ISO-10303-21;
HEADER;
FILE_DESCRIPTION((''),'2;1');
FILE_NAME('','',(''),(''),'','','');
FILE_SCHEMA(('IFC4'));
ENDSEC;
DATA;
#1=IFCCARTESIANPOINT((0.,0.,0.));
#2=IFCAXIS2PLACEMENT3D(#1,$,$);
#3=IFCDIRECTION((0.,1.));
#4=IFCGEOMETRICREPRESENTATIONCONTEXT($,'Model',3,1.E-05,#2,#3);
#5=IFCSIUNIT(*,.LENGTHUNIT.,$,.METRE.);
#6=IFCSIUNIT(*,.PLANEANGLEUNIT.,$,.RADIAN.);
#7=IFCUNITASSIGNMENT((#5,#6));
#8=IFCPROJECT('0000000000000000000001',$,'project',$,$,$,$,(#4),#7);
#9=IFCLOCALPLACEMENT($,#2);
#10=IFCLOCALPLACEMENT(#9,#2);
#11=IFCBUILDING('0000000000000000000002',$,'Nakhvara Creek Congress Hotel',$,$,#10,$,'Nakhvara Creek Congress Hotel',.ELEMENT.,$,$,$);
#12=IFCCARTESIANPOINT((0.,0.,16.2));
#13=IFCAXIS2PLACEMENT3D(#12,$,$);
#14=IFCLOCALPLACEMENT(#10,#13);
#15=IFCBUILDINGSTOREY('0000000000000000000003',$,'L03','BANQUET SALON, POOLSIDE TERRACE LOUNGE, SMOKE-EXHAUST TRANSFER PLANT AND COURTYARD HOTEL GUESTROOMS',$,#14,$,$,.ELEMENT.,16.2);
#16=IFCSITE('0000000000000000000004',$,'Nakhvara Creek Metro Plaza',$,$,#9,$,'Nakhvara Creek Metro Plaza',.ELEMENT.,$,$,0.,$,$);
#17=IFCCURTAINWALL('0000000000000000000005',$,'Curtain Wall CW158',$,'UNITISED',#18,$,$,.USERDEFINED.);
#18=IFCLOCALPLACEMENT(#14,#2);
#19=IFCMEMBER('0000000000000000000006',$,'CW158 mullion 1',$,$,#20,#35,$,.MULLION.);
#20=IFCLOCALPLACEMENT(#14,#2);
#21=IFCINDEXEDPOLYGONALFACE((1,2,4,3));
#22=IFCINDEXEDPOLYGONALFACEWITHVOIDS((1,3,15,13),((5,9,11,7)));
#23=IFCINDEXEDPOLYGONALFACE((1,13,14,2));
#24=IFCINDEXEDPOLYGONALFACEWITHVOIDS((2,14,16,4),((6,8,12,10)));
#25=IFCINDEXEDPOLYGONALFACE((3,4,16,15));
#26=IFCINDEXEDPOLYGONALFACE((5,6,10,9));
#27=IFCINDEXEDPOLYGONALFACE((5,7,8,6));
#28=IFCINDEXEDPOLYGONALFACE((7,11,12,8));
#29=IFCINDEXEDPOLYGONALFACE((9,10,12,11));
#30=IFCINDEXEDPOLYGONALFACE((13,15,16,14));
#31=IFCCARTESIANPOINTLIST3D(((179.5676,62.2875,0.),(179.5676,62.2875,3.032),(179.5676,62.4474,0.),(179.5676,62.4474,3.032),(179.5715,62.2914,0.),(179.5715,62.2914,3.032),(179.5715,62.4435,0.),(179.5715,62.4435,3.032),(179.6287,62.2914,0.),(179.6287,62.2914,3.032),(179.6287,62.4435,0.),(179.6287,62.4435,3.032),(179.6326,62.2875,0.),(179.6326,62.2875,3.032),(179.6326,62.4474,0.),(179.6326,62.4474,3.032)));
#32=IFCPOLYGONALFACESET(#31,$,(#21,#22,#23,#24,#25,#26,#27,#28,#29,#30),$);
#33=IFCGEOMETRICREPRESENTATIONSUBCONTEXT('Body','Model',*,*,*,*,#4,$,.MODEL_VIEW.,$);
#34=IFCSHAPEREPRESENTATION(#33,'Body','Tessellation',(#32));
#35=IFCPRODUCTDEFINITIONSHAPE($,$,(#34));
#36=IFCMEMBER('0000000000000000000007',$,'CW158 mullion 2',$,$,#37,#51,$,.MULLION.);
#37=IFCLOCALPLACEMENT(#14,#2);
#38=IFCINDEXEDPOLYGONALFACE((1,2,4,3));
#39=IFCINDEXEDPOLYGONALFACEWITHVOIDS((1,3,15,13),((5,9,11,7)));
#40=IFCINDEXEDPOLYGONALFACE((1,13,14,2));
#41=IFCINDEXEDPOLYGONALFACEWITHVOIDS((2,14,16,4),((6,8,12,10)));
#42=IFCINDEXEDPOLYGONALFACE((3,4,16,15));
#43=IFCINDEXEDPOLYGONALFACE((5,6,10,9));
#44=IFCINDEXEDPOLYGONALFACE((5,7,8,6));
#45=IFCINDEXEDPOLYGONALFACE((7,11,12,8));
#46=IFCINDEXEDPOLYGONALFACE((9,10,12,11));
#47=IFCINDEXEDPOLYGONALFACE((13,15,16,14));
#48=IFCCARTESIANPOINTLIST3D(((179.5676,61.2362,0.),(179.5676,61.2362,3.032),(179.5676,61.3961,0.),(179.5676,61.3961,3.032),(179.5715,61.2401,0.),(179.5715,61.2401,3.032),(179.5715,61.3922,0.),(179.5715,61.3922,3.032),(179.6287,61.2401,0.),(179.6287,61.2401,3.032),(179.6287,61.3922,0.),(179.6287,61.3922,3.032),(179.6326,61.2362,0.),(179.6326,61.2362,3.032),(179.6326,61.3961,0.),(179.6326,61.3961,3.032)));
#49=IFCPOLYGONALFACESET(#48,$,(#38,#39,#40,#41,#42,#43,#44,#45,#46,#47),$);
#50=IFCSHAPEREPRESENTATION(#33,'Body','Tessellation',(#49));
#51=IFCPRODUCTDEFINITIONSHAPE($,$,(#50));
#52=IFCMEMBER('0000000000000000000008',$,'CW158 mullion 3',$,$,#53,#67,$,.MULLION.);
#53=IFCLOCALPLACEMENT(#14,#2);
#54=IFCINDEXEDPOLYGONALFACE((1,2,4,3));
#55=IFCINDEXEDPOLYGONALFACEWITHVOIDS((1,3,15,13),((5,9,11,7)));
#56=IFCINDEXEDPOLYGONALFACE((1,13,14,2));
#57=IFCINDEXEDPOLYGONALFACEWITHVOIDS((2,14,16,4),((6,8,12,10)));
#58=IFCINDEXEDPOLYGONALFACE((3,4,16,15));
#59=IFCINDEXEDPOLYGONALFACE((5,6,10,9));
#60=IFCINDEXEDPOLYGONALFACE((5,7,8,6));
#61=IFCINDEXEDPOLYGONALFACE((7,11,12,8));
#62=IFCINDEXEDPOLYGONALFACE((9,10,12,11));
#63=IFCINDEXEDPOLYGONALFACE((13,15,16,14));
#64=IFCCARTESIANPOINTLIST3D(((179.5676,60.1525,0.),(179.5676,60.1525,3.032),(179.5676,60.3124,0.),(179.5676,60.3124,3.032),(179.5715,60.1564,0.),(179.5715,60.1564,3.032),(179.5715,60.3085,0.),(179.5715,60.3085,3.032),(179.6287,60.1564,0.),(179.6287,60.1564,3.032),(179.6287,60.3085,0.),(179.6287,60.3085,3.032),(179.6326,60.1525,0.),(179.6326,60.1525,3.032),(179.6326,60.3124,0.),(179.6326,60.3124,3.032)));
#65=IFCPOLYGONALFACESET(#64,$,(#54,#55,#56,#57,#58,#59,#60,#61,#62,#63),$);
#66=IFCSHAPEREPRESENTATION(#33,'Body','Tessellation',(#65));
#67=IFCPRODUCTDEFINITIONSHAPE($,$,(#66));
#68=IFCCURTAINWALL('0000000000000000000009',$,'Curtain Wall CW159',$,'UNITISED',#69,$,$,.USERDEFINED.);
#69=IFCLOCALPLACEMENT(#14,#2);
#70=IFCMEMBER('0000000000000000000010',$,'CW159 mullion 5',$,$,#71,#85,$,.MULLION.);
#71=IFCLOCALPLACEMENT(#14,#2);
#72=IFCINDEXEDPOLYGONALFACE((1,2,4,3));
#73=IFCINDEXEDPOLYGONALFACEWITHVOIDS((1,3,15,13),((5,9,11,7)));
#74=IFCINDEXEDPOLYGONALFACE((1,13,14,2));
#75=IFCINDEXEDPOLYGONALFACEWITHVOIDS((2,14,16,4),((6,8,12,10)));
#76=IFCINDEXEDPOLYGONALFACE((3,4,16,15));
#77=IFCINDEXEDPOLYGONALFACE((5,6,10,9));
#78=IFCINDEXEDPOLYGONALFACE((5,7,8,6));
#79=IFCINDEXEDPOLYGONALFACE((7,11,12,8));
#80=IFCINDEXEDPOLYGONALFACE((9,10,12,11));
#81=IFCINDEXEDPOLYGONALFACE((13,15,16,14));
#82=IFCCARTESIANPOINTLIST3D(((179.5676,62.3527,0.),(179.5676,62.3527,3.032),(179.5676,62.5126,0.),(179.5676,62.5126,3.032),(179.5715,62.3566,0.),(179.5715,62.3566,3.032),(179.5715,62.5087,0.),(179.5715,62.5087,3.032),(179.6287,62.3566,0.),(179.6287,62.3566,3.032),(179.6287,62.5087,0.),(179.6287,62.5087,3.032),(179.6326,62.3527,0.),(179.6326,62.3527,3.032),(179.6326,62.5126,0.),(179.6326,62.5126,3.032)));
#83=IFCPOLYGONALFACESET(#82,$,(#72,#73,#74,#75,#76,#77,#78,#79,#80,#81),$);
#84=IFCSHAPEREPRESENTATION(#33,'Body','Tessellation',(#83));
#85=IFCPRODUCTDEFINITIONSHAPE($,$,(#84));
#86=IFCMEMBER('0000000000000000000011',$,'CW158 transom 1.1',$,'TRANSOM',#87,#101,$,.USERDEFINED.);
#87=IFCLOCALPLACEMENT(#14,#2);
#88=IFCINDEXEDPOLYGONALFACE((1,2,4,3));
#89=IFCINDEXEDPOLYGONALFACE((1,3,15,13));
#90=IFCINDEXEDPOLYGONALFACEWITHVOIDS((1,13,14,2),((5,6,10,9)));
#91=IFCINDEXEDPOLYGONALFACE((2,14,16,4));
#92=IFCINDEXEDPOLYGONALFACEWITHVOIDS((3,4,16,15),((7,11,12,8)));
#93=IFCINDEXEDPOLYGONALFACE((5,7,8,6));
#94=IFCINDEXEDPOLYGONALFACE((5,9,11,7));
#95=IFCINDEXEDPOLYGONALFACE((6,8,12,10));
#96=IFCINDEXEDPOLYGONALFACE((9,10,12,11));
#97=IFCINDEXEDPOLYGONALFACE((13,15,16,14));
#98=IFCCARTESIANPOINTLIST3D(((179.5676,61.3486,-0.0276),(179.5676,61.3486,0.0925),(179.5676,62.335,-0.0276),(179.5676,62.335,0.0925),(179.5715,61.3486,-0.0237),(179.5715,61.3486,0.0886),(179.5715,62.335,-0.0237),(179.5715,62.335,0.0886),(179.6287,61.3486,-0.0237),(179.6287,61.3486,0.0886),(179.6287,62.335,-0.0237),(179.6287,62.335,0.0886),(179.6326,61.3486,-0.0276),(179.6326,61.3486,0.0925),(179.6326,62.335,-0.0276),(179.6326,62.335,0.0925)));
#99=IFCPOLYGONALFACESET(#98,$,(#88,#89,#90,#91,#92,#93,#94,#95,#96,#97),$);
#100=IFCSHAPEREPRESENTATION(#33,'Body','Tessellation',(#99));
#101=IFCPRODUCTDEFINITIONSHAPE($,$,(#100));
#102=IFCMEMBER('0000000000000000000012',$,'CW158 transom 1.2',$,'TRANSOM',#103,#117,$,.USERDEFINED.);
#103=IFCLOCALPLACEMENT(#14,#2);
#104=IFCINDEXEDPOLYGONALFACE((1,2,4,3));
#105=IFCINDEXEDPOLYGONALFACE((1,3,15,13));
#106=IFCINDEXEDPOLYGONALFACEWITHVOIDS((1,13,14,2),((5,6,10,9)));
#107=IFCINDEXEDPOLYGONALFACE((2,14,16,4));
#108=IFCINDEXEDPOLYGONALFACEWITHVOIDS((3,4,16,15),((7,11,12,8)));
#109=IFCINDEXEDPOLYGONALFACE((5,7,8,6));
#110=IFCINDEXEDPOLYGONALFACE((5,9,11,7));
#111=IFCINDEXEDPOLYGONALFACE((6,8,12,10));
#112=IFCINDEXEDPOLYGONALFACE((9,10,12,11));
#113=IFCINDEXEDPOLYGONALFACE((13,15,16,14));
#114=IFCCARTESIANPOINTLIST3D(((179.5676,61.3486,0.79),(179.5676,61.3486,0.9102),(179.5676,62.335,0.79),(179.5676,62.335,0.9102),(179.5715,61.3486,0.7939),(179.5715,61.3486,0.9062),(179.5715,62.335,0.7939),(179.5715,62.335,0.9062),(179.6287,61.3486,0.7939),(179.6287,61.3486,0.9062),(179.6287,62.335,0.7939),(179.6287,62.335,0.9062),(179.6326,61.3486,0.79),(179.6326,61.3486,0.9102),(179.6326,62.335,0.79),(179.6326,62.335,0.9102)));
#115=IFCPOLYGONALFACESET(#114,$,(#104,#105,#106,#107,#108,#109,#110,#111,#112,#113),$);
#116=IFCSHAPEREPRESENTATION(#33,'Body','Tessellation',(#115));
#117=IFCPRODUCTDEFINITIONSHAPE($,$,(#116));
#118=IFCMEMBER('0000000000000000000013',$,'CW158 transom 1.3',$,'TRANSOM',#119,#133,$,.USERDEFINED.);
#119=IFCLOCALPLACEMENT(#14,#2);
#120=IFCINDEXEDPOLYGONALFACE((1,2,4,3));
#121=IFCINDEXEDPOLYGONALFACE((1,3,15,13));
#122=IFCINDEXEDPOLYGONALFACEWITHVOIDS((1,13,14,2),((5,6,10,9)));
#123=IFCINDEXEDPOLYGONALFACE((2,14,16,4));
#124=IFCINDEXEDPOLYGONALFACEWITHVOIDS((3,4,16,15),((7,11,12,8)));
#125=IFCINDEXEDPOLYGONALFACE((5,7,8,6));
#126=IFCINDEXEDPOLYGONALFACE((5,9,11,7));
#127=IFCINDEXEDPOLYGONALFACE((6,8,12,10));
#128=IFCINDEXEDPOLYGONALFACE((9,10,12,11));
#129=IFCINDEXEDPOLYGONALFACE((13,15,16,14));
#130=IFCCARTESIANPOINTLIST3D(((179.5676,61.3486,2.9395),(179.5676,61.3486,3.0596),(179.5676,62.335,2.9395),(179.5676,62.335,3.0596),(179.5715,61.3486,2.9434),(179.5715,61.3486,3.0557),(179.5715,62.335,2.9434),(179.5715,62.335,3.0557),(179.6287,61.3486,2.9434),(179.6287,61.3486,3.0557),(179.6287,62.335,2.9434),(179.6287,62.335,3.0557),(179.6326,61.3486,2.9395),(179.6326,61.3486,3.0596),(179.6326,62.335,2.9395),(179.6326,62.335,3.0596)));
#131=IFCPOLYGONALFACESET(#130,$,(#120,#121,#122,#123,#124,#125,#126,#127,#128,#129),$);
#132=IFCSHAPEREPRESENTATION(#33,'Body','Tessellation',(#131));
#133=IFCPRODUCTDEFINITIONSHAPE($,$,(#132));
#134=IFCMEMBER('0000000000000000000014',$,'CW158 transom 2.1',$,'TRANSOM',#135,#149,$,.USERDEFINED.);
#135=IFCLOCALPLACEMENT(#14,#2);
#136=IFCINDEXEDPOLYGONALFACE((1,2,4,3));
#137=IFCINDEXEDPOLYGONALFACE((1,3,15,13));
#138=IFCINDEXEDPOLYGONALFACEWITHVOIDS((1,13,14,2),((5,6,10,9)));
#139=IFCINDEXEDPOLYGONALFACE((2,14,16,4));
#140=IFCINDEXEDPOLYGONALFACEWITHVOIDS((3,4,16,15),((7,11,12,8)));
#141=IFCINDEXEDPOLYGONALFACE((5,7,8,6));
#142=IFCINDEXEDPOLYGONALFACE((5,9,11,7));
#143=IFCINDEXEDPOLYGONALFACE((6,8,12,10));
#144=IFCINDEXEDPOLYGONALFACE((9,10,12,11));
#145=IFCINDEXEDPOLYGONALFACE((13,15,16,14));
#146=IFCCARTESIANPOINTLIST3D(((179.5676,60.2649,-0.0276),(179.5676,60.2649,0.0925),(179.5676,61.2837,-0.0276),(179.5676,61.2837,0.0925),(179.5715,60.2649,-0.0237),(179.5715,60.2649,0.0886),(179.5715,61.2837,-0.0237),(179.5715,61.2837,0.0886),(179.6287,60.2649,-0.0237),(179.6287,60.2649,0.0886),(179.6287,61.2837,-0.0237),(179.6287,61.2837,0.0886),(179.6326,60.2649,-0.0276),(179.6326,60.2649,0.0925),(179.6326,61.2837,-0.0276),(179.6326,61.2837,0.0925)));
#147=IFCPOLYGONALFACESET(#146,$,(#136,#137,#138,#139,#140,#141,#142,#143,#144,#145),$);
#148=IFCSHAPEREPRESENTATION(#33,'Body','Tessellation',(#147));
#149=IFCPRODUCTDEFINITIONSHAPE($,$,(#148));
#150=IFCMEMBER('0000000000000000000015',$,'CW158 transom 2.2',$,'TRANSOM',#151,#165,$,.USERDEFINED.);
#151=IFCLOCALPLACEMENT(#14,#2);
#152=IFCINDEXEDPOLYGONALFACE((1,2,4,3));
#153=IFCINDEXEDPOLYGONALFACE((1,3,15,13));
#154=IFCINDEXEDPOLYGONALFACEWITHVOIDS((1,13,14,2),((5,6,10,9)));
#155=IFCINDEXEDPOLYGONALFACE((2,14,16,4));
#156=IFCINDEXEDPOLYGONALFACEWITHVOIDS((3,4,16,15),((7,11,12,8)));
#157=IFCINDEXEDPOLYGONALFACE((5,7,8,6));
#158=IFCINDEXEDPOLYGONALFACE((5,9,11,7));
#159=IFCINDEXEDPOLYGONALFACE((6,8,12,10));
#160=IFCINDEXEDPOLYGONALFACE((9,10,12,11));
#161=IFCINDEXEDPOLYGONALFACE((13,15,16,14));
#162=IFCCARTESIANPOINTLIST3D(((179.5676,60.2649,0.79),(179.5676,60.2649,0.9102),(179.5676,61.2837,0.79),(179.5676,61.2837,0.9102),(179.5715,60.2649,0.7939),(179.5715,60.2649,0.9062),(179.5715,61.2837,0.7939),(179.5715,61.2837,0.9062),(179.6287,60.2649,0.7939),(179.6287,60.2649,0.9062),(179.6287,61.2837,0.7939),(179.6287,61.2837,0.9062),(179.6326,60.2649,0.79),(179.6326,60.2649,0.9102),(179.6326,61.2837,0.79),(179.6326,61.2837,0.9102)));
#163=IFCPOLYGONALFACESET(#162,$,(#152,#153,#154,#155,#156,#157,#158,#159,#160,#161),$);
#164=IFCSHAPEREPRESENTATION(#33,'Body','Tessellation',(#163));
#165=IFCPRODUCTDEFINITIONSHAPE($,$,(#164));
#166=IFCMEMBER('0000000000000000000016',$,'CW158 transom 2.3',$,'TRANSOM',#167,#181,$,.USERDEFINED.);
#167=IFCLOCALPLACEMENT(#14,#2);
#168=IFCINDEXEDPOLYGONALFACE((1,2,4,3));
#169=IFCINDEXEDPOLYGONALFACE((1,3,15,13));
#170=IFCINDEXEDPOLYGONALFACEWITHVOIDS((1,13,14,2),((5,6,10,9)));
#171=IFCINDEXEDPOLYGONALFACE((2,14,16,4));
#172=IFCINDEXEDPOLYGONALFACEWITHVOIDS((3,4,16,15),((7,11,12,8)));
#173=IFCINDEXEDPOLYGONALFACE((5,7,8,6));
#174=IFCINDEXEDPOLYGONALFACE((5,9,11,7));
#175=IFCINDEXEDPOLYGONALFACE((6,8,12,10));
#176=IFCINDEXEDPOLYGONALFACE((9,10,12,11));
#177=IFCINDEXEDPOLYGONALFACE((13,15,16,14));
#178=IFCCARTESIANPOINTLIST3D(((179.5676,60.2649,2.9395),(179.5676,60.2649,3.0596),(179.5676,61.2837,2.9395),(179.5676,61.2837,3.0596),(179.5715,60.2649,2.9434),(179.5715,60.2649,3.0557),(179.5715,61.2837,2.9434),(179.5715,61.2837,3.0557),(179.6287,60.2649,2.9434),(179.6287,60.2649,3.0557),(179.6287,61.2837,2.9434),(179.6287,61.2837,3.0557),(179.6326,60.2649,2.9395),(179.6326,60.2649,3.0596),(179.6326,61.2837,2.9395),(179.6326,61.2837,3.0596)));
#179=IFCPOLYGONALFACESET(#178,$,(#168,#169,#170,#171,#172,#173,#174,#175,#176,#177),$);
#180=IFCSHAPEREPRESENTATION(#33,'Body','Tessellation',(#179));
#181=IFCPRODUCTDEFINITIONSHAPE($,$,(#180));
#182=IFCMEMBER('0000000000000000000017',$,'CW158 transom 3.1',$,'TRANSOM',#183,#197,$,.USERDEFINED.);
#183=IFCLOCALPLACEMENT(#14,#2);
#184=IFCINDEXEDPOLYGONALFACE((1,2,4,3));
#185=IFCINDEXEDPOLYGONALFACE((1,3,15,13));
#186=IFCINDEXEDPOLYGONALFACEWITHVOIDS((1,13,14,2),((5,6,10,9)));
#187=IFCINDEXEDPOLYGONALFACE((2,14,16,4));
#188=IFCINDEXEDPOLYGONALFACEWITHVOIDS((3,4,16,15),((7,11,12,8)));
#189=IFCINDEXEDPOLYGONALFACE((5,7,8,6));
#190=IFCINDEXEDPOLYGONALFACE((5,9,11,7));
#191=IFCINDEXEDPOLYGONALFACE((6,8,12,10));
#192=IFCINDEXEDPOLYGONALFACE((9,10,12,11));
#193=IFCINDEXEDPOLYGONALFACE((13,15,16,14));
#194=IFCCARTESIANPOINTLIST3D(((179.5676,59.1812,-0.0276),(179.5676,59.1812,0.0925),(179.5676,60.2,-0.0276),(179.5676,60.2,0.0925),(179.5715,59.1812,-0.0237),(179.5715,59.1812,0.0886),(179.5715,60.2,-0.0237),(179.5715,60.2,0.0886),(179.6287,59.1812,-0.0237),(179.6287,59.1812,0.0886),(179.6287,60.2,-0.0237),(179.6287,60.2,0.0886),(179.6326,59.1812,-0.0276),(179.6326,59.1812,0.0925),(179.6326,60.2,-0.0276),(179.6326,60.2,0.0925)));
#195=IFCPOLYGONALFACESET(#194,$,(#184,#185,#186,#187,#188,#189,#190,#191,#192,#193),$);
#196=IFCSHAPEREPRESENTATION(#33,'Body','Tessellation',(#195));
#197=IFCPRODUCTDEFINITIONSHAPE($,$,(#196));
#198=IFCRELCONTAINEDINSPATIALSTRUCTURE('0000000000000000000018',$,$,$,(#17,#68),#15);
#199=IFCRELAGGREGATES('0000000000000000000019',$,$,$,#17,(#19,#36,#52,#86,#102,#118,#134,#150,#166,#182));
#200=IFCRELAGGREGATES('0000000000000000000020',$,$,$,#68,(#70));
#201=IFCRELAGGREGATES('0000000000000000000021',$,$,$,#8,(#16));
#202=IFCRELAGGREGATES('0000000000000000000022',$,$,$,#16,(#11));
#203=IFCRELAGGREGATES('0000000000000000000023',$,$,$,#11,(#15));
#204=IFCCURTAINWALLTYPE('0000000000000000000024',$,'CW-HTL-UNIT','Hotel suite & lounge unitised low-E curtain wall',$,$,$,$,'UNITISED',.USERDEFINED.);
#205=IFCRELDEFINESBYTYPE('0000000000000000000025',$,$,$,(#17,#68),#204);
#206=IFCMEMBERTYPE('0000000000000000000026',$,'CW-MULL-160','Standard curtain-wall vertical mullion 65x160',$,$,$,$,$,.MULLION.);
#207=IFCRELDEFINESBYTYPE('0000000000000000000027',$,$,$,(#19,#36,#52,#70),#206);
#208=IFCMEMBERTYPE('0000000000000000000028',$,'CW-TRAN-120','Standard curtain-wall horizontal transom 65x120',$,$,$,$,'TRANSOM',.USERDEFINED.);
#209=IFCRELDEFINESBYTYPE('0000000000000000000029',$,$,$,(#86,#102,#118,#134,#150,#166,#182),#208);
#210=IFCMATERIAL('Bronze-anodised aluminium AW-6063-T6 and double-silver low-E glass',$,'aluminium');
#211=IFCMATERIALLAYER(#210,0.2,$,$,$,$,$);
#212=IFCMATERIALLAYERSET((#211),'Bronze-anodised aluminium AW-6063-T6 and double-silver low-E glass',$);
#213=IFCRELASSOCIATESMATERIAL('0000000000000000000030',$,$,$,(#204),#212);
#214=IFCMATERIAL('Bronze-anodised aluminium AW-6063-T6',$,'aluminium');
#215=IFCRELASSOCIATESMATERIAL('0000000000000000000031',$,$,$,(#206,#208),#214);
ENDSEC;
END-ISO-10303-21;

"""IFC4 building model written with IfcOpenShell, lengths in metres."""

from ifc_helpers import new_model, si_unit, direction, frame, origin, origin_2d, place, context, subcontext, project, spatial, hollow_rectangle, extrude, material, layer, layer_set, material_profile, profile_set, type_object, element, aggregate, save


model = new_model("IFC4")

# Units and contexts
model_context = context("Model", 3, precision=1e-05, world=origin(), true_north=direction((0.0, 1.0)))
body_context = subcontext(model_context, "Body", "Model", "MODEL_VIEW")
ifc_project = project(units=[si_unit("LENGTHUNIT", "METRE"), si_unit("PLANEANGLEUNIT", "RADIAN")], contexts=[model_context])

# Site, building, storey
site_placement = place(None, origin())
site = spatial("IfcSite", under=ifc_project, at=site_placement, Name="Nakhvara Creek Metro Plaza", LongName="Nakhvara Creek Metro Plaza", CompositionType="ELEMENT", RefElevation=0.0)
building_placement = place(site_placement, origin())
building = spatial("IfcBuilding", under=site, at=building_placement, Name="Nakhvara Creek Congress Hotel", LongName="Nakhvara Creek Congress Hotel", CompositionType="ELEMENT")
storey_placement = place(building_placement, frame((0.0, 0.0, 16.2)))
storey = spatial("IfcBuildingStorey", under=building, at=storey_placement, Name="L03", Description="BANQUET SALON, POOLSIDE TERRACE LOUNGE, SMOKE-EXHAUST TRANSFER PLANT AND COURTYARD HOTEL GUESTROOMS", CompositionType="ELEMENT", Elevation=16.2)

# Curtain wall, members
ifc_material_1 = material(Name="Bronze-anodised aluminium AW-6063-T6 and double-silver low-E glass", Category="aluminium")
ifc_layer = layer(ifc_material_1, 0.2)
ifc_layer_set = layer_set([ifc_layer], Name="Bronze-anodised aluminium AW-6063-T6 and double-silver low-E glass")
curtain_wall_type = type_object("IfcCurtainWallType", Name="CW-HTL-UNIT", Description="Hotel suite & lounge unitised low-E curtain wall", ElementType="UNITISED", PredefinedType="USERDEFINED", material=ifc_layer_set)
curtain_wall_1_placement = place(storey_placement, origin())
curtain_wall_1 = element("IfcCurtainWall", 1, at=curtain_wall_1_placement, inside=storey, type_object=curtain_wall_type, Name="Curtain Wall CW158", ObjectType="UNITISED", PredefinedType="USERDEFINED")
ifc_material_2 = material(Name="Bronze-anodised aluminium AW-6063-T6", Category="aluminium")
ifc_material_profile_1 = material_profile(ifc_material_2, hollow_rectangle(XDim=0.0649, YDim=0.1599, WallThickness=0.0039, at=origin_2d()), Name="ALU-MULL 65x160x4", Category="LoadBearing")
ifc_profile_set_1 = profile_set([ifc_material_profile_1], Name="Bronze-anodised aluminium AW-6063-T6")
member_type_1 = type_object("IfcMemberType", Name="CW-MULL-160", Description="Standard curtain-wall vertical mullion 65x160", PredefinedType="MULLION", material=ifc_profile_set_1)
member_1_placement = place(storey_placement, frame((179.6001, 62.3674, 0.0), z_axis=(0.0, 0.0, 1.0), x_axis=(1.0, 0.0, 0.0)))
member_1 = element("IfcMember", 2, at=member_1_placement, type_object=member_type_1, Name="CW158 mullion 1", PredefinedType="MULLION", context=body_context, shape_type="SweptSolid", body=[
    extrude(hollow_rectangle(XDim=0.0649, YDim=0.1599, WallThickness=0.0039, at=origin_2d()), origin(), (0.0, 0.0, 1.0), 3.032),
])
member_2_placement = place(storey_placement, frame((179.6001, 61.3162, 0.0), z_axis=(0.0, 0.0, 1.0), x_axis=(1.0, 0.0, 0.0)))
member_2 = element("IfcMember", 3, at=member_2_placement, type_object=member_type_1, Name="CW158 mullion 2", PredefinedType="MULLION", context=body_context, shape_type="SweptSolid", body=[
    extrude(hollow_rectangle(XDim=0.0649, YDim=0.1599, WallThickness=0.0039, at=origin_2d()), origin(), (0.0, 0.0, 1.0), 3.032),
])
member_3_placement = place(storey_placement, frame((179.6001, 60.2324, 0.0), z_axis=(0.0, 0.0, 1.0), x_axis=(1.0, 0.0, 0.0)))
member_3 = element("IfcMember", 4, at=member_3_placement, type_object=member_type_1, Name="CW158 mullion 3", PredefinedType="MULLION", context=body_context, shape_type="SweptSolid", body=[
    extrude(hollow_rectangle(XDim=0.0649, YDim=0.1599, WallThickness=0.0039, at=origin_2d()), origin(), (0.0, 0.0, 1.0), 3.032),
])

# Curtain wall, member
curtain_wall_2_placement = place(storey_placement, origin())
curtain_wall_2 = element("IfcCurtainWall", 5, at=curtain_wall_2_placement, inside=storey, type_object=curtain_wall_type, Name="Curtain Wall CW159", ObjectType="UNITISED", PredefinedType="USERDEFINED")
member_4_placement = place(storey_placement, frame((179.6001, 62.4326, 0.0), z_axis=(0.0, 0.0, 1.0), x_axis=(1.0, 0.0, 0.0)))
member_4 = element("IfcMember", 6, at=member_4_placement, type_object=member_type_1, Name="CW159 mullion 5", PredefinedType="MULLION", context=body_context, shape_type="SweptSolid", body=[
    extrude(hollow_rectangle(XDim=0.0649, YDim=0.1599, WallThickness=0.0039, at=origin_2d()), origin(), (0.0, 0.0, 1.0), 3.032),
])

# Members
ifc_material_profile_2 = material_profile(ifc_material_2, hollow_rectangle(XDim=0.0649, YDim=0.1201, WallThickness=0.0039, at=origin_2d()), Name="ALU-TRAN 65x120x4", Category="LoadBearing")
ifc_profile_set_2 = profile_set([ifc_material_profile_2], Name="Bronze-anodised aluminium AW-6063-T6")
member_type_2 = type_object("IfcMemberType", Name="CW-TRAN-120", Description="Standard curtain-wall horizontal transom 65x120", ElementType="TRANSOM", PredefinedType="USERDEFINED", material=ifc_profile_set_2)
member_5_placement = place(storey_placement, frame((179.6001, 62.335, 0.0325), z_axis=(0.0, -1.0, 0.0), x_axis=(1.0, 0.0, 0.0)))
member_5 = element("IfcMember", 7, at=member_5_placement, type_object=member_type_2, Name="CW158 transom 1.1", ObjectType="TRANSOM", PredefinedType="USERDEFINED", context=body_context, shape_type="SweptSolid", body=[
    extrude(hollow_rectangle(XDim=0.0649, YDim=0.1201, WallThickness=0.0039, at=origin_2d()), origin(), (0.0, 0.0, 1.0), 0.9863),
])
member_6_placement = place(storey_placement, frame((179.6001, 62.335, 0.8501), z_axis=(0.0, -1.0, 0.0), x_axis=(1.0, 0.0, 0.0)))
member_6 = element("IfcMember", 8, at=member_6_placement, type_object=member_type_2, Name="CW158 transom 1.2", ObjectType="TRANSOM", PredefinedType="USERDEFINED", context=body_context, shape_type="SweptSolid", body=[
    extrude(hollow_rectangle(XDim=0.0649, YDim=0.1201, WallThickness=0.0039, at=origin_2d()), origin(), (0.0, 0.0, 1.0), 0.9863),
])
member_7_placement = place(storey_placement, frame((179.6001, 62.335, 2.9995), z_axis=(0.0, -1.0, 0.0), x_axis=(1.0, 0.0, 0.0)))
member_7 = element("IfcMember", 9, at=member_7_placement, type_object=member_type_2, Name="CW158 transom 1.3", ObjectType="TRANSOM", PredefinedType="USERDEFINED", context=body_context, shape_type="SweptSolid", body=[
    extrude(hollow_rectangle(XDim=0.0649, YDim=0.1201, WallThickness=0.0039, at=origin_2d()), origin(), (0.0, 0.0, 1.0), 0.9863),
])
member_8_placement = place(storey_placement, frame((179.6001, 61.2837, 0.0325), z_axis=(0.0, -1.0, 0.0), x_axis=(1.0, 0.0, 0.0)))
member_8 = element("IfcMember", 10, at=member_8_placement, type_object=member_type_2, Name="CW158 transom 2.1", ObjectType="TRANSOM", PredefinedType="USERDEFINED", context=body_context, shape_type="SweptSolid", body=[
    extrude(hollow_rectangle(XDim=0.0649, YDim=0.1201, WallThickness=0.0039, at=origin_2d()), origin(), (0.0, 0.0, 1.0), 1.0188),
])
member_9_placement = place(storey_placement, frame((179.6001, 61.2837, 0.8501), z_axis=(0.0, -1.0, 0.0), x_axis=(1.0, 0.0, 0.0)))
member_9 = element("IfcMember", 11, at=member_9_placement, type_object=member_type_2, Name="CW158 transom 2.2", ObjectType="TRANSOM", PredefinedType="USERDEFINED", context=body_context, shape_type="SweptSolid", body=[
    extrude(hollow_rectangle(XDim=0.0649, YDim=0.1201, WallThickness=0.0039, at=origin_2d()), origin(), (0.0, 0.0, 1.0), 1.0188),
])
member_10_placement = place(storey_placement, frame((179.6001, 61.2837, 2.9995), z_axis=(0.0, -1.0, 0.0), x_axis=(1.0, 0.0, 0.0)))
member_10 = element("IfcMember", 12, at=member_10_placement, type_object=member_type_2, Name="CW158 transom 2.3", ObjectType="TRANSOM", PredefinedType="USERDEFINED", context=body_context, shape_type="SweptSolid", body=[
    extrude(hollow_rectangle(XDim=0.0649, YDim=0.1201, WallThickness=0.0039, at=origin_2d()), origin(), (0.0, 0.0, 1.0), 1.0188),
])
member_11_placement = place(storey_placement, frame((179.6001, 60.2, 0.0325), z_axis=(0.0, -1.0, 0.0), x_axis=(1.0, 0.0, 0.0)))
member_11 = element("IfcMember", 13, at=member_11_placement, type_object=member_type_2, Name="CW158 transom 3.1", ObjectType="TRANSOM", PredefinedType="USERDEFINED", context=body_context, shape_type="SweptSolid", body=[
    extrude(hollow_rectangle(XDim=0.0649, YDim=0.1201, WallThickness=0.0039, at=origin_2d()), origin(), (0.0, 0.0, 1.0), 1.0188),
])

aggregate(curtain_wall_1, [member_1, member_2, member_3, member_5, member_6, member_7, member_8, member_9, member_10, member_11])
aggregate(curtain_wall_2, [member_4])

save(model, "model.ifc")
